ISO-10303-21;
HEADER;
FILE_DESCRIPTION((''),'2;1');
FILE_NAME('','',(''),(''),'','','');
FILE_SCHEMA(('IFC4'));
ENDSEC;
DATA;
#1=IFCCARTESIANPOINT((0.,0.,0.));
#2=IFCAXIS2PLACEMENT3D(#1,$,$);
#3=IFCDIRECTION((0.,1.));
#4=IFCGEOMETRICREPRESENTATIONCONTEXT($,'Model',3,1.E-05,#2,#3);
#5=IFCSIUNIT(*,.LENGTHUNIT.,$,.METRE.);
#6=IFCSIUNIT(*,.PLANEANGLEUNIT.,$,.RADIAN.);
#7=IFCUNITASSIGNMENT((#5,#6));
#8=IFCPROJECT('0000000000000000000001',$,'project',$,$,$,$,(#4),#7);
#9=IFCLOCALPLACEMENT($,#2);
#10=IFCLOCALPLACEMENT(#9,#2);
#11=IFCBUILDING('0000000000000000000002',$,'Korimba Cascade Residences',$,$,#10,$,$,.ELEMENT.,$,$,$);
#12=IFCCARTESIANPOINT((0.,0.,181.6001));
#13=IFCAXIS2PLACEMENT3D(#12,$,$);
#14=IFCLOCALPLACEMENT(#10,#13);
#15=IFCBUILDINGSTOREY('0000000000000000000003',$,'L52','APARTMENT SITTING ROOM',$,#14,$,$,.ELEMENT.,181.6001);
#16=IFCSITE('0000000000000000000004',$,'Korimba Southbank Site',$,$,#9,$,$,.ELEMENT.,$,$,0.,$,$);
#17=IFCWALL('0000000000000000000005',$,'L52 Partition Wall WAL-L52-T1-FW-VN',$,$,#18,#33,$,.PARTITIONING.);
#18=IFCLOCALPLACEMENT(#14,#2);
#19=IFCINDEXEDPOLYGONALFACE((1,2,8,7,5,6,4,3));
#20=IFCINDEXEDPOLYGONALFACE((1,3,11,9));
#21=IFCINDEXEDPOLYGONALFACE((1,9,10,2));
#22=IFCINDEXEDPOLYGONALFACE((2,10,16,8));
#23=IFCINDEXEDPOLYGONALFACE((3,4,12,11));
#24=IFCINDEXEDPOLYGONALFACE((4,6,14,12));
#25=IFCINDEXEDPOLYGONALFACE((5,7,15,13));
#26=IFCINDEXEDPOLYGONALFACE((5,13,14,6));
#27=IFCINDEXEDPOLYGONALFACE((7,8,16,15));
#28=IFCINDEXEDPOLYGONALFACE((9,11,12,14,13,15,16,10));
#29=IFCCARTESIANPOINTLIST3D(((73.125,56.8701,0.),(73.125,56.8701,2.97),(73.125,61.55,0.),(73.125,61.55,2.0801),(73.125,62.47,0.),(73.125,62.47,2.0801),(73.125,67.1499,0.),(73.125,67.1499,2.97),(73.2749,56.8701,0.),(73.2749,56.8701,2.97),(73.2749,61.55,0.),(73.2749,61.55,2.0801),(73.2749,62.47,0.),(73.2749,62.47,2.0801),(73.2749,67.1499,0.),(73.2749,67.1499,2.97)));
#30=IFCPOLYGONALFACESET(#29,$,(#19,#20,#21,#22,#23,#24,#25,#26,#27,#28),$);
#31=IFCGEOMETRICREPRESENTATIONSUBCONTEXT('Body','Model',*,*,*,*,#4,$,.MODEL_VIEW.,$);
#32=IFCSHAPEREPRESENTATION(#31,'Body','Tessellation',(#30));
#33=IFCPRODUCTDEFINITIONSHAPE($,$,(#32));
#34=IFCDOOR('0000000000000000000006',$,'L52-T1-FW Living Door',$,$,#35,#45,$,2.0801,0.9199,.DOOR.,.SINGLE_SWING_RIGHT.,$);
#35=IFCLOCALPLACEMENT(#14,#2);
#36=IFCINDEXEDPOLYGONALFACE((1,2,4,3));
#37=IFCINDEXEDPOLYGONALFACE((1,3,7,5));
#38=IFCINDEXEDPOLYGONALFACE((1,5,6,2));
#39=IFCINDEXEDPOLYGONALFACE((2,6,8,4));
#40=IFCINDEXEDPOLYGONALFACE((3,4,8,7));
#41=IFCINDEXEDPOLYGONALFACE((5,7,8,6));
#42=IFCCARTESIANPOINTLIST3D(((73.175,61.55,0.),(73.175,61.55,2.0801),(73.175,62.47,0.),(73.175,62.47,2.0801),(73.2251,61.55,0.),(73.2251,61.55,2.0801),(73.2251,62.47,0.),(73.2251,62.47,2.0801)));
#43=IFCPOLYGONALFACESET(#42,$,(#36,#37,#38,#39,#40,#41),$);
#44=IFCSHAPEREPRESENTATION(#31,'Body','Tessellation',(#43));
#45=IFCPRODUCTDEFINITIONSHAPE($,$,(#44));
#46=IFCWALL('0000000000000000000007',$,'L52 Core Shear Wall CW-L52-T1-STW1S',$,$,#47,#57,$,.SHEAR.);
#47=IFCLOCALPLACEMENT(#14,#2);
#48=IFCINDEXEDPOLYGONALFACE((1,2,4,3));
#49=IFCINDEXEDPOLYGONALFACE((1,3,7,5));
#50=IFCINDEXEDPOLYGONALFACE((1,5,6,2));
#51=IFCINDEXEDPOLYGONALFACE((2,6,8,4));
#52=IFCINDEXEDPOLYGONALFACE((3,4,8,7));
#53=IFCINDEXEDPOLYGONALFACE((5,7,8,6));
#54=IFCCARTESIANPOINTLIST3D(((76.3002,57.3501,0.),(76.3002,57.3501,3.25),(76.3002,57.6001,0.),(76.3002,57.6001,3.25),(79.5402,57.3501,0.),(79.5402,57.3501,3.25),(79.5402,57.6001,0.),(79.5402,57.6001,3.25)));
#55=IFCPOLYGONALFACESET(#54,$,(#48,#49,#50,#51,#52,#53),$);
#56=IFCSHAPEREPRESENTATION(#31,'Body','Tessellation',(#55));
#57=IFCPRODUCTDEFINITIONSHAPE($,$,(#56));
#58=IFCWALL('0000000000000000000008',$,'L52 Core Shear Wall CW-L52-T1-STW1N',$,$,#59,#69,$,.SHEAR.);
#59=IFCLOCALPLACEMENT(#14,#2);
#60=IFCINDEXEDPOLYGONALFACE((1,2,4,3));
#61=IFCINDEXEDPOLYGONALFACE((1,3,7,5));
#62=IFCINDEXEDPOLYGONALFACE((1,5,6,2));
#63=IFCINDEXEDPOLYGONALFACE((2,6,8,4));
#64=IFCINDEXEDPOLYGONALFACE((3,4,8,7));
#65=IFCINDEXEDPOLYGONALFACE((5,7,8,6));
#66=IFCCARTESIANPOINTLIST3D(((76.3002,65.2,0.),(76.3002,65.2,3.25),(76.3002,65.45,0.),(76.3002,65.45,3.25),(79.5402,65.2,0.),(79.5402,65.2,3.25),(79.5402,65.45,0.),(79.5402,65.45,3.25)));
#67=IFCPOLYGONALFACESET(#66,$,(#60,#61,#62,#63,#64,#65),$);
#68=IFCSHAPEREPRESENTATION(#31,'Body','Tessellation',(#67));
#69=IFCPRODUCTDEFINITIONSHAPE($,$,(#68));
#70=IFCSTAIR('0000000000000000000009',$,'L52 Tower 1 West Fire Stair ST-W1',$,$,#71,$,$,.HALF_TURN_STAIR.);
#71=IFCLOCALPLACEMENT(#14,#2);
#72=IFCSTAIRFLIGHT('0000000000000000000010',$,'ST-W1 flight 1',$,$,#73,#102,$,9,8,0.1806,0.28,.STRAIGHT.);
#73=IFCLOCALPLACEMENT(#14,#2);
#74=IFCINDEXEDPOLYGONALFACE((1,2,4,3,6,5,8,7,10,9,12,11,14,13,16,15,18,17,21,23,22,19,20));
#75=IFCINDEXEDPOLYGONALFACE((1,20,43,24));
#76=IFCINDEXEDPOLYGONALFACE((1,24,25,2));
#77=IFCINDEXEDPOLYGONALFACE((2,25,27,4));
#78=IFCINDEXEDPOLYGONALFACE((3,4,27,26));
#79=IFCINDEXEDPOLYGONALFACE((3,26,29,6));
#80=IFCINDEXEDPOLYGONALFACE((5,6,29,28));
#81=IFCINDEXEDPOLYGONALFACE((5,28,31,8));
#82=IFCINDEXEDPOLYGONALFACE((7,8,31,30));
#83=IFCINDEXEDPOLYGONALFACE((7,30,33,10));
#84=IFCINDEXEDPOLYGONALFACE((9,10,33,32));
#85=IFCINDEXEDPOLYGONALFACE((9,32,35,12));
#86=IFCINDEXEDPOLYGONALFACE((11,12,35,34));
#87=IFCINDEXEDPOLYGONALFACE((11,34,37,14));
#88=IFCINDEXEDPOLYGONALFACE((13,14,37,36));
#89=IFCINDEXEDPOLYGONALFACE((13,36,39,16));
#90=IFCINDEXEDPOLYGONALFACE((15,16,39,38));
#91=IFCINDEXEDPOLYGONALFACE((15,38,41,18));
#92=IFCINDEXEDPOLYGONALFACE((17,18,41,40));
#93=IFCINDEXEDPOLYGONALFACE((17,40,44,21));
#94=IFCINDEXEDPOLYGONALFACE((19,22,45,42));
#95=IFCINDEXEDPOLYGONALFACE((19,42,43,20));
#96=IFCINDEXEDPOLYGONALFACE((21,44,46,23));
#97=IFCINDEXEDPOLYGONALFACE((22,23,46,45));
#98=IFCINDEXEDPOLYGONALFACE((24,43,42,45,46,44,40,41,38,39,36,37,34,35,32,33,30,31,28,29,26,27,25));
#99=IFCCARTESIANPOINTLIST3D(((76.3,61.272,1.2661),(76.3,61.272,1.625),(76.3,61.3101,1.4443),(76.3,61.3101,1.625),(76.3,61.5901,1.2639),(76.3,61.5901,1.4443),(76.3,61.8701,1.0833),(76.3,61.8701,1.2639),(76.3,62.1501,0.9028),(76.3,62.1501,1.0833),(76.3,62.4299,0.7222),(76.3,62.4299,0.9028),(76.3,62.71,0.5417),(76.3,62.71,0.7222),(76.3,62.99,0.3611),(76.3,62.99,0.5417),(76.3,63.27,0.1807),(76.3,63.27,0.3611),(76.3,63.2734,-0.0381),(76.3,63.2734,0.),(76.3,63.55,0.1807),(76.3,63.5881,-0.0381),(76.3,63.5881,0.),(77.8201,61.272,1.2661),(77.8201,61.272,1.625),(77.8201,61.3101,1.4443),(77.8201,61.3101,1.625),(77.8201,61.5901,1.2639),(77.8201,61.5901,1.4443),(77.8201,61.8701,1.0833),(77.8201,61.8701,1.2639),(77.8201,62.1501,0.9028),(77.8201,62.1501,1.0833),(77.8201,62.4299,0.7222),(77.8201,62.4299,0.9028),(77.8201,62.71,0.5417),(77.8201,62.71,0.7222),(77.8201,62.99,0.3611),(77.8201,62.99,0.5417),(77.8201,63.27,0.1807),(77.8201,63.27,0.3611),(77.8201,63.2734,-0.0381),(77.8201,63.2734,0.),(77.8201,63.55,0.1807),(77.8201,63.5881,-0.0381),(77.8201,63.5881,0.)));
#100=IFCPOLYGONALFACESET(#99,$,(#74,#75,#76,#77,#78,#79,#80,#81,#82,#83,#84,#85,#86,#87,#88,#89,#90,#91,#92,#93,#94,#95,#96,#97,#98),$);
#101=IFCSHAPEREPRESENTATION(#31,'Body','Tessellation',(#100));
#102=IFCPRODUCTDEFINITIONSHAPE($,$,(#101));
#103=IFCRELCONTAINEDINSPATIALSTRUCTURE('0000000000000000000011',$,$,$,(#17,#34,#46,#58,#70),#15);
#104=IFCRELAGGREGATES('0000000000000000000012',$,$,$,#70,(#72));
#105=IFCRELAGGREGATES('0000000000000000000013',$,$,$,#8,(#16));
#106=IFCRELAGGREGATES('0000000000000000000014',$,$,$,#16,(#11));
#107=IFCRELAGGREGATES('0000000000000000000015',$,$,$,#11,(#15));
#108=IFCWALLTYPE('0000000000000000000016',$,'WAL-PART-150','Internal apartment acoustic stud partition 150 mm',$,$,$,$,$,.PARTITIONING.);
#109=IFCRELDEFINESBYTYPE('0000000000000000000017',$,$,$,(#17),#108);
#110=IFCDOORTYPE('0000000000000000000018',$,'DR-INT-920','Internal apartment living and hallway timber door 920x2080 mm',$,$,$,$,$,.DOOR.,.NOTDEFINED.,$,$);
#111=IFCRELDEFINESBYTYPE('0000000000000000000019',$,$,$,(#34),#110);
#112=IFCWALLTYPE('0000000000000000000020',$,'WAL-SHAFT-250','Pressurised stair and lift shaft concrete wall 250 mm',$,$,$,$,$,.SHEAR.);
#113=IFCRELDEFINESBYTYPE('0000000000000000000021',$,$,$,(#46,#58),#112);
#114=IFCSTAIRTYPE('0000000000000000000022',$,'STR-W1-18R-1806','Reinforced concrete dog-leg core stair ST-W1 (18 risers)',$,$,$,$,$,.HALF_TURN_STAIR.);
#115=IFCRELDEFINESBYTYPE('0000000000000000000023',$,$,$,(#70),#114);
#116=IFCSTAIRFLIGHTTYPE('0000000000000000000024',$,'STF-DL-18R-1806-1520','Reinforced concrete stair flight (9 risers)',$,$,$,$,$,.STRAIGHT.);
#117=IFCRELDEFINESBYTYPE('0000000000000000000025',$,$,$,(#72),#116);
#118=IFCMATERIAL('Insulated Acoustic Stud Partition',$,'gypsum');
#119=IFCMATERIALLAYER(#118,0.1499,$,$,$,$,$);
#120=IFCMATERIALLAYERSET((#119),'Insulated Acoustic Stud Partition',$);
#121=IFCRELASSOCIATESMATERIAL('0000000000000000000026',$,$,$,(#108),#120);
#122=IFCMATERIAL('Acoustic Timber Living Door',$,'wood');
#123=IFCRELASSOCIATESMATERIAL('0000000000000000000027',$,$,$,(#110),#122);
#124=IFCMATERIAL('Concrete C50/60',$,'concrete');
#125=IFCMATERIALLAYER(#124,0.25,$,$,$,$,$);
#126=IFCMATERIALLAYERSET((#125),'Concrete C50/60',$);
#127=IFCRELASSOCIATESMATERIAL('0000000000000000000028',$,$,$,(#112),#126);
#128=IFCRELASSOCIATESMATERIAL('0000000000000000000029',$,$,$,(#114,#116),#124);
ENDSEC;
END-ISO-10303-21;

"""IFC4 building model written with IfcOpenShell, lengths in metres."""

from ifc_helpers import new_model, si_unit, direction, frame, frame_2d, origin, place, context, subcontext, project, spatial, polyline, rectangle, outline, extrude, material, layer, layer_set, type_object, element, fill, aggregate, save


model = new_model("IFC4")

# Units and contexts
model_context = context("Model", 3, precision=1e-05, world=origin(), true_north=direction((0.0, 1.0)))
body_context = subcontext(model_context, "Body", "Model", "MODEL_VIEW")
ifc_project = project(units=[si_unit("LENGTHUNIT", "METRE"), si_unit("PLANEANGLEUNIT", "RADIAN")], contexts=[model_context])

# Site, building, storey
site_placement = place(None, origin())
site = spatial("IfcSite", under=ifc_project, at=site_placement, Name="Korimba Southbank Site", CompositionType="ELEMENT", RefElevation=0.0)
building_placement = place(site_placement, origin())
building = spatial("IfcBuilding", under=site, at=building_placement, Name="Korimba Cascade Residences", CompositionType="ELEMENT")
storey_placement = place(building_placement, frame((0.0, 0.0, 181.6001)))
storey = spatial("IfcBuildingStorey", under=building, at=storey_placement, Name="L52", Description="APARTMENT SITTING ROOM", CompositionType="ELEMENT", Elevation=181.6001)

# Wall, opening, door
ifc_material_1 = material(Name="Insulated Acoustic Stud Partition", Category="gypsum")
ifc_layer_1 = layer(ifc_material_1, 0.1499)
ifc_layer_set_1 = layer_set([ifc_layer_1], Name="Insulated Acoustic Stud Partition")
wall_type_1 = type_object("IfcWallType", Name="WAL-PART-150", Description="Internal apartment acoustic stud partition 150 mm", PredefinedType="PARTITIONING", material=ifc_layer_set_1)
wall_1_placement = place(storey_placement, frame((73.2, 56.8701, 0.0), z_axis=(0.0, 0.0, 1.0), x_axis=(0.0, 1.0, 0.0)))
wall_1 = element("IfcWall", 1, at=wall_1_placement, inside=storey, type_object=wall_type_1, Name="L52 Partition Wall WAL-L52-T1-FW-VN", PredefinedType="PARTITIONING", context=body_context, shape_type="SweptSolid", body=[
    extrude(rectangle(XDim=10.2798, YDim=0.1499, at=frame_2d((5.1399, 0.0))), origin(), (0.0, 0.0, 1.0), 2.97),
])
opening_1_placement = place(wall_1_placement, frame((4.6799, 0.0, 0.0)))
opening_1 = element("IfcOpeningElement", 2, at=opening_1_placement, cuts=wall_1, PredefinedType="OPENING", context=body_context, shape_type="SweptSolid", body=[
    extrude(rectangle(XDim=0.9199, YDim=2.0801, at=frame_2d((0.46, 1.04))), frame((0.0, 0.085, 0.0), z_axis=(0.0, -1.0, 0.0), x_axis=(1.0, 0.0, 0.0)), (0.0, 0.0, 1.0), 0.1699),
])
ifc_material_2 = material(Name="Acoustic Timber Living Door", Category="wood")
door_type_1 = type_object("IfcDoorType", Name="DR-INT-920", Description="Internal apartment living and hallway timber door 920x2080 mm", OperationType="NOTDEFINED", PredefinedType="DOOR", material=ifc_material_2)
door_1_placement = place(opening_1_placement, origin())
door_1 = element("IfcDoor", 3, at=door_1_placement, inside=storey, type_object=door_type_1, Name="L52-T1-FW Living Door", OperationType="SINGLE_SWING_RIGHT", OverallHeight=2.0801, OverallWidth=0.9199, PredefinedType="DOOR", context=body_context, shape_type="SweptSolid", body=[
    extrude(rectangle(XDim=0.9199, YDim=2.0801, at=frame_2d((0.46, 1.04))), frame((0.0, 0.0249, 0.0), z_axis=(0.0, -1.0, 0.0), x_axis=(1.0, 0.0, 0.0)), (0.0, 0.0, 1.0), 0.05),
])
fill(opening_1, door_1)

# Walls
ifc_material_3 = material(Name="Concrete C50/60", Category="concrete")
ifc_layer_2 = layer(ifc_material_3, 0.25)
ifc_layer_set_2 = layer_set([ifc_layer_2], Name="Concrete C50/60")
wall_type_2 = type_object("IfcWallType", Name="WAL-SHAFT-250", Description="Pressurised stair and lift shaft concrete wall 250 mm", PredefinedType="SHEAR", material=ifc_layer_set_2)
for number, where, z_axis, x_axis, name in (
    (4, (76.3, 57.4751, 0.0), (0.0, 0.0, 1.0), (1.0, 0.0, 0.0), "L52 Core Shear Wall CW-L52-T1-STW1S"),
    (5, (76.3, 65.325, 0.0), (0.0, 0.0, 1.0), (1.0, 0.0, 0.0), "L52 Core Shear Wall CW-L52-T1-STW1N"),
):
    element("IfcWall", number, at=place(storey_placement, frame(where, z_axis=z_axis, x_axis=x_axis)), inside=storey, type_object=wall_type_2, Name=name, PredefinedType="SHEAR", context=body_context, shape_type="SweptSolid", body=[
        extrude(rectangle(XDim=3.24, YDim=0.25, at=frame_2d((1.6201, 0.0))), origin(), (0.0, 0.0, 1.0), 3.25),
    ])

# Stair, stair flight
stair_type = type_object("IfcStairType", Name="STR-W1-18R-1806", Description="Reinforced concrete dog-leg core stair ST-W1 (18 risers)", PredefinedType="HALF_TURN_STAIR", material=ifc_material_3)
stair_placement = place(storey_placement, origin())
stair = element("IfcStair", 6, at=stair_placement, inside=storey, type_object=stair_type, Name="L52 Tower 1 West Fire Stair ST-W1", PredefinedType="HALF_TURN_STAIR")
stair_flight_type = type_object("IfcStairFlightType", Name="STF-DL-18R-1806-1520", Description="Reinforced concrete stair flight (9 risers)", PredefinedType="STRAIGHT", material=ifc_material_3)
stair_flight_placement = place(storey_placement, frame((77.0601, 63.55, 0.0), z_axis=(0.0, 0.0, 1.0), x_axis=(0.0, -1.0, 0.0)))
stair_flight = element("IfcStairFlight", 7, at=stair_flight_placement, type_object=stair_flight_type, Name="ST-W1 flight 1", NumberOfRisers=9, NumberOfTreads=8, PredefinedType="STRAIGHT", RiserHeight=0.1806, TreadLength=0.28, context=body_context, shape_type="SweptSolid", body=[
    extrude(outline(polyline([(-0.0381, 0.0), (0.0, 0.1807), (0.28, 0.1807), (0.28, 0.3611), (0.5601, 0.3611), (0.5601, 0.5417), (0.8401, 0.5417), (0.8401, 0.7222), (1.1201, 0.7222), (1.1201, 0.9028), (1.3999, 0.9028), (1.3999, 1.0833), (1.6799, 1.0833), (1.6799, 1.2639), (1.96, 1.2639), (1.96, 1.4443), (2.24, 1.4443), (2.24, 1.625), (2.2781, 1.625), (2.2781, 1.2661), (0.2766, 0.0), (0.2766, -0.0381), (-0.0381, -0.0381), (-0.0381, 0.0)])), frame((0.0, 0.76, 0.0), z_axis=(0.0, -1.0, 0.0), x_axis=(1.0, 0.0, 0.0)), (0.0, 0.0, 1.0), 1.52),
])
aggregate(stair, [stair_flight])

save(model, "model.ifc")
